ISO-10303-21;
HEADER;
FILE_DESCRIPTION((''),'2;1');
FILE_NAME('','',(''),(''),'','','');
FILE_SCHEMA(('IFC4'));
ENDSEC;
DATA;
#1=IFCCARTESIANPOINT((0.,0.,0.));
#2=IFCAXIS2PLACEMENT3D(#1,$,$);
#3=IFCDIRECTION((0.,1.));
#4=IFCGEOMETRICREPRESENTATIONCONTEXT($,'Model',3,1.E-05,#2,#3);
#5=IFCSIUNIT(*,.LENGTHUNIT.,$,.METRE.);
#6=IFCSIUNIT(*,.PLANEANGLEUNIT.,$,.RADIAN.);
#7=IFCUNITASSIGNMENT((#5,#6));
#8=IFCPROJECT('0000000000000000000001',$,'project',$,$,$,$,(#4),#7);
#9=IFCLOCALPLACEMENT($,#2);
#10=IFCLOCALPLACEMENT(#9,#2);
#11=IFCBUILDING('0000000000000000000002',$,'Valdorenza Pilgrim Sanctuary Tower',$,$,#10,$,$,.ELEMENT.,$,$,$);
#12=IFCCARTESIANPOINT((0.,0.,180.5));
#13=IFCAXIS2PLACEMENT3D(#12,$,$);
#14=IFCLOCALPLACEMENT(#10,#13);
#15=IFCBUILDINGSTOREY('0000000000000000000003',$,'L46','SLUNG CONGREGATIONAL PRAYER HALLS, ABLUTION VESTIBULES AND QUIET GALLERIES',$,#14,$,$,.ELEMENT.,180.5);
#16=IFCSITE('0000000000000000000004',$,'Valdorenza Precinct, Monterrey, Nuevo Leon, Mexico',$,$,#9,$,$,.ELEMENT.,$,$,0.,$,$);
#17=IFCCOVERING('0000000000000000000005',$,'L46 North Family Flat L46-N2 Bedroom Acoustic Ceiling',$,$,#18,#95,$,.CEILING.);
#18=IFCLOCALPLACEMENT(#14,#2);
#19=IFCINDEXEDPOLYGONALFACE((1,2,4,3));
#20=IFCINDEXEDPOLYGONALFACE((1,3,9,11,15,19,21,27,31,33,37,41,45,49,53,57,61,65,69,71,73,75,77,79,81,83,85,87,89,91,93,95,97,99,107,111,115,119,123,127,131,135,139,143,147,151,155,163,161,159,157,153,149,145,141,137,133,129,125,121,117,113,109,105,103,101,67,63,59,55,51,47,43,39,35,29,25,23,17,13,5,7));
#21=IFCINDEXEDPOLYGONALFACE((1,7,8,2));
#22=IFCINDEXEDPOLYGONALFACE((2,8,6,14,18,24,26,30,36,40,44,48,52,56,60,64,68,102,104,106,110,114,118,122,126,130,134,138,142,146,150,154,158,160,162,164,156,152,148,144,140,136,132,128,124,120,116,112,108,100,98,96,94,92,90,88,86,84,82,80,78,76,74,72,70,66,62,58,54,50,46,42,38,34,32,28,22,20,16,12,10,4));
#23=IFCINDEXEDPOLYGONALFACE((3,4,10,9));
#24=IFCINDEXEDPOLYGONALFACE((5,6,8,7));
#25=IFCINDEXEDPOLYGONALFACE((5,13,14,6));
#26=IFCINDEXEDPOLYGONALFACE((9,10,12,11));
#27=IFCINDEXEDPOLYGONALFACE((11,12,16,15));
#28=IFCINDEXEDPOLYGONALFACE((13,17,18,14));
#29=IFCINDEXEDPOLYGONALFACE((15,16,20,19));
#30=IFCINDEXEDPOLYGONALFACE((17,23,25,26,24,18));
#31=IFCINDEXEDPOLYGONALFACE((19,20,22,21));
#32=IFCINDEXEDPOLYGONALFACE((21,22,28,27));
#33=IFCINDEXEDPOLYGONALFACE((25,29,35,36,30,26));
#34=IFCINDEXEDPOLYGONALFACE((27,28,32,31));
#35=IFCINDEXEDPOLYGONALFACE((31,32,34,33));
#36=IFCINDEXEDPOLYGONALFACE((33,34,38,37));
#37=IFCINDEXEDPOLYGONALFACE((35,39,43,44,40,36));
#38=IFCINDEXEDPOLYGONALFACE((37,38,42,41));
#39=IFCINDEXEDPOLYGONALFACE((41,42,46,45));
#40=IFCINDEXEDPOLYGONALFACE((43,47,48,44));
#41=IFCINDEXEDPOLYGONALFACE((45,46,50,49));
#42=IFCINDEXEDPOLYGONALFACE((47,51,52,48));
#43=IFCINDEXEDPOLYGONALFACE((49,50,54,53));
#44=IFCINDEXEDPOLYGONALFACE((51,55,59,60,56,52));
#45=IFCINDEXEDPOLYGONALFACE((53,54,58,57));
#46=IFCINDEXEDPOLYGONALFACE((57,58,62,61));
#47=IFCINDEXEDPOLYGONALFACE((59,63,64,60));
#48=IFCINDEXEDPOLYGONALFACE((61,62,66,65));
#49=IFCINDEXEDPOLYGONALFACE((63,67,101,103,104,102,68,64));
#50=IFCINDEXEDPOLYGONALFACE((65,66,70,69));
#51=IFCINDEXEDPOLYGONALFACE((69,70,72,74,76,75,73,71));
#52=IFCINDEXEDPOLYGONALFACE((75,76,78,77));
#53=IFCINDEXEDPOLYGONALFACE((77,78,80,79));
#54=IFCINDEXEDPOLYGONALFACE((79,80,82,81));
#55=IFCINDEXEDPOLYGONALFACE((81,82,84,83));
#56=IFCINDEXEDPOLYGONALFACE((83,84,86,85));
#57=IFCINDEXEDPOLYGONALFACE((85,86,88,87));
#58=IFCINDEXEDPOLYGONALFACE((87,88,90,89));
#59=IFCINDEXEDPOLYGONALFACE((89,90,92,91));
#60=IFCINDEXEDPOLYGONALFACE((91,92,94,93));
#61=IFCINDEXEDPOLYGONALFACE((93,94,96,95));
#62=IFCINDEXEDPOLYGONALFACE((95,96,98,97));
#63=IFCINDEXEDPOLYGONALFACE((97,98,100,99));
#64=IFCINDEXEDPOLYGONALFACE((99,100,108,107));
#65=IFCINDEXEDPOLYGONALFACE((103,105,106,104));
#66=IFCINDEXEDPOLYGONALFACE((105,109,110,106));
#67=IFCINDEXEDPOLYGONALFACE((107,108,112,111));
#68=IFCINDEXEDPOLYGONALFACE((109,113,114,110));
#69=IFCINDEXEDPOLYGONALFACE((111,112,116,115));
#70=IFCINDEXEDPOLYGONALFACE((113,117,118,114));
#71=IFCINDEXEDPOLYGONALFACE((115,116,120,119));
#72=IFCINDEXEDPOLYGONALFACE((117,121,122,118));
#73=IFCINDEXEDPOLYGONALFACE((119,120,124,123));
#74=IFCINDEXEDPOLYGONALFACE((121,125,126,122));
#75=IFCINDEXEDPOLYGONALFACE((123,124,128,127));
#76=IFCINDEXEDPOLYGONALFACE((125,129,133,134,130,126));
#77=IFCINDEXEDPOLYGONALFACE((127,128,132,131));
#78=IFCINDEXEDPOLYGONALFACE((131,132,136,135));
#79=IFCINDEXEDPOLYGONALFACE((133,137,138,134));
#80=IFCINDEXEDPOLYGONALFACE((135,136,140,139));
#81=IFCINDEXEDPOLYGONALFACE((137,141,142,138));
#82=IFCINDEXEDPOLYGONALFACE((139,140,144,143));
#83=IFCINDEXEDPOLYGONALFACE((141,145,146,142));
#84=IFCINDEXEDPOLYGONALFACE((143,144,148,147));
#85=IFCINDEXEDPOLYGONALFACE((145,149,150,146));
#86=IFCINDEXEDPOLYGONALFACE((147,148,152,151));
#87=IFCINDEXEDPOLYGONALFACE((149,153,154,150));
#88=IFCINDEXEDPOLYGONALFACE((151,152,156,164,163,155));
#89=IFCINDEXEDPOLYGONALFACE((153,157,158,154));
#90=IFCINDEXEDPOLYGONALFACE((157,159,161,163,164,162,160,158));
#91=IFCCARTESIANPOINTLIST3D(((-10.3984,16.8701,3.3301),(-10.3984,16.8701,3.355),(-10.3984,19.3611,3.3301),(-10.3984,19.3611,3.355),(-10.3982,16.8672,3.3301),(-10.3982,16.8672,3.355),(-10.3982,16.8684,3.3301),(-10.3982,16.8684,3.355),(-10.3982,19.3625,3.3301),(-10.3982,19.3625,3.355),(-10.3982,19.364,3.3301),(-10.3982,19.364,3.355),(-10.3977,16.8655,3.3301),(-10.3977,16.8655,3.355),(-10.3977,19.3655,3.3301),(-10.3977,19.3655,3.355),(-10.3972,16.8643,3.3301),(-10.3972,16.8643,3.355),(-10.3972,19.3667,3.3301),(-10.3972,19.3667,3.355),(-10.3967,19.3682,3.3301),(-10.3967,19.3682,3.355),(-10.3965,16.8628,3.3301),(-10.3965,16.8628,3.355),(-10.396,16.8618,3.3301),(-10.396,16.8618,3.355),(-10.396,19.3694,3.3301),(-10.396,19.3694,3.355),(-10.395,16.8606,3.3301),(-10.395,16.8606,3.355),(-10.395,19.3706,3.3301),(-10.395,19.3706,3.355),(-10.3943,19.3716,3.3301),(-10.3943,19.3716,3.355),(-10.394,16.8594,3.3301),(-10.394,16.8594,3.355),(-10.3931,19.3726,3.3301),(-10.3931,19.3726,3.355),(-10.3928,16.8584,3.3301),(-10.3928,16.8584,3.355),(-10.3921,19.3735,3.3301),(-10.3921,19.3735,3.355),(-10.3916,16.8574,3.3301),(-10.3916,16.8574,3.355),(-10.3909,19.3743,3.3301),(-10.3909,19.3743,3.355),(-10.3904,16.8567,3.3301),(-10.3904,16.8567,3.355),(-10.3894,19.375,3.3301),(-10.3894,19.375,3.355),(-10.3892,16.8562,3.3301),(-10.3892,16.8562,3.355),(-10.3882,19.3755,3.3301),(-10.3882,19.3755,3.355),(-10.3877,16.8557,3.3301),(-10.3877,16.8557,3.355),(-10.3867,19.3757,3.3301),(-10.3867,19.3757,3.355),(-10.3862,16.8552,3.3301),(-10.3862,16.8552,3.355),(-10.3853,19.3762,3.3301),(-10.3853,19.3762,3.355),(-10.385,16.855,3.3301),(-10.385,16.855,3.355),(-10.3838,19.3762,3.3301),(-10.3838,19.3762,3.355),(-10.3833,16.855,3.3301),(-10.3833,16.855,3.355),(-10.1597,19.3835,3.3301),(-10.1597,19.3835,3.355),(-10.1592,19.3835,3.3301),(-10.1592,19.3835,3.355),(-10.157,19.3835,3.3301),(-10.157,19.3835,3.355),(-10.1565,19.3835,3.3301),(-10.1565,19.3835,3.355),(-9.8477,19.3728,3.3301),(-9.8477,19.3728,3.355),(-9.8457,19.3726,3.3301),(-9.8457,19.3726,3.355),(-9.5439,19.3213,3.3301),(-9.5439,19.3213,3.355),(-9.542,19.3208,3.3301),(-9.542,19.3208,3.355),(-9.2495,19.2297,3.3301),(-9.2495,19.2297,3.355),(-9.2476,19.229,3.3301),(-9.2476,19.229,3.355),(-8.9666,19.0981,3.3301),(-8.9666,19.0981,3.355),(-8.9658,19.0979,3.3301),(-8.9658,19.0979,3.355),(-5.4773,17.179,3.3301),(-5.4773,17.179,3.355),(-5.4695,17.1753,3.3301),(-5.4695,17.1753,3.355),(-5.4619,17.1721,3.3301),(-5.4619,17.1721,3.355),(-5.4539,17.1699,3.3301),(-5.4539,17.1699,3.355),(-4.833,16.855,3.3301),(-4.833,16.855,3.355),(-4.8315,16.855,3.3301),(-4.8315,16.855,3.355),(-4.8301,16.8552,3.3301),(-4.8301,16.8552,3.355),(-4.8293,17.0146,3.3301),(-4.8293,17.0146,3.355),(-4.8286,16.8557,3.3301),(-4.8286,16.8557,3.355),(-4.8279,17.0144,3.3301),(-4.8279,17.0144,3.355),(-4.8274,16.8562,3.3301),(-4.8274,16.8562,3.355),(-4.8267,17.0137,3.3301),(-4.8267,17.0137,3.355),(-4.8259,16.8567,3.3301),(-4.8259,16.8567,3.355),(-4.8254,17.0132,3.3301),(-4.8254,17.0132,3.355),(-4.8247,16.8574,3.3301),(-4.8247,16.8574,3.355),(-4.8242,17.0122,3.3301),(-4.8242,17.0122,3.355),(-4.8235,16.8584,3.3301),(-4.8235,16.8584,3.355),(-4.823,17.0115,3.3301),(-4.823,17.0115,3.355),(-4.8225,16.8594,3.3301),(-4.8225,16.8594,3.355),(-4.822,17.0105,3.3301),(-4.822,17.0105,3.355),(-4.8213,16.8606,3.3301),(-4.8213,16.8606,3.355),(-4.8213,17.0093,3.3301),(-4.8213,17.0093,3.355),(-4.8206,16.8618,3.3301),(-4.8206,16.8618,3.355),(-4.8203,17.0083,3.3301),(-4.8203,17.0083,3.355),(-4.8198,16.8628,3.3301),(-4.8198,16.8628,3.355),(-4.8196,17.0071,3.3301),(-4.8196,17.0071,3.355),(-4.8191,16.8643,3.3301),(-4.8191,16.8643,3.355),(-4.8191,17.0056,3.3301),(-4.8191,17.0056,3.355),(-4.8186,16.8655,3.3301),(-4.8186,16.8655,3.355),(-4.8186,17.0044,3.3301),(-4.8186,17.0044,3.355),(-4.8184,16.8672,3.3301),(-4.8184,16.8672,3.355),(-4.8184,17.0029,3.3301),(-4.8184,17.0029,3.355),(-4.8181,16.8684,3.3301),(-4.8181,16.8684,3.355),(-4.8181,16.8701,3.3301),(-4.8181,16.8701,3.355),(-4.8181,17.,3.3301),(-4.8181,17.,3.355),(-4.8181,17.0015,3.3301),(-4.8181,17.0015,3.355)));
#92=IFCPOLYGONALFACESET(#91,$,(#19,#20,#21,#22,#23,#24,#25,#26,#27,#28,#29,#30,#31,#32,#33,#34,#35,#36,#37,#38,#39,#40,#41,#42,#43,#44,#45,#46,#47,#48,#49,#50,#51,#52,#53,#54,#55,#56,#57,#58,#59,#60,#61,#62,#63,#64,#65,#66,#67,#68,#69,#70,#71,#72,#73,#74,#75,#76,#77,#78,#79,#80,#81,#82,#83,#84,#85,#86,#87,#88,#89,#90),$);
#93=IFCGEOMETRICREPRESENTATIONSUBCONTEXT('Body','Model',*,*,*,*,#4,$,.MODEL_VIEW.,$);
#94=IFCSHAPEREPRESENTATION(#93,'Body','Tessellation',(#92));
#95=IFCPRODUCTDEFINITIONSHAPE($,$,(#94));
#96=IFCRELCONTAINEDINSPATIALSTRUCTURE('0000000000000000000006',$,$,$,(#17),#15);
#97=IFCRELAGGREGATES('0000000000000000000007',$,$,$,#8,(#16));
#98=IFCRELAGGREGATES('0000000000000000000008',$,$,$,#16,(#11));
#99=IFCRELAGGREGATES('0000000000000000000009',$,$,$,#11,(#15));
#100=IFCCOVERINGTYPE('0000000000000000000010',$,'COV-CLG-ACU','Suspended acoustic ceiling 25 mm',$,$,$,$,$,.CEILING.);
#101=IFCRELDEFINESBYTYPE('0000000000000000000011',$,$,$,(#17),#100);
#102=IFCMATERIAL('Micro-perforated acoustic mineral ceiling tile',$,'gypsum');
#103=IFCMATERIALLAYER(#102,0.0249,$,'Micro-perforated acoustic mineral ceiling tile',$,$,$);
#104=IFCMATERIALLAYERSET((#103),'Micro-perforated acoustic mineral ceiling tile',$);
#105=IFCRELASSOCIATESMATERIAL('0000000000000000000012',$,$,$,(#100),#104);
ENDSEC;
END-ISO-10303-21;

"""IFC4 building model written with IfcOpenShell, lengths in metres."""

from ifc_helpers import new_model, si_unit, direction, frame, origin, place, context, subcontext, project, spatial, polyline, outline, extrude, material, layer, layer_set, type_object, element, save


model = new_model("IFC4")

# Units and contexts
model_context = context("Model", 3, precision=1e-05, world=origin(), true_north=direction((0.0, 1.0)))
body_context = subcontext(model_context, "Body", "Model", "MODEL_VIEW")
ifc_project = project(units=[si_unit("LENGTHUNIT", "METRE"), si_unit("PLANEANGLEUNIT", "RADIAN")], contexts=[model_context])

# Site, building, storey
site_placement = place(None, origin())
site = spatial("IfcSite", under=ifc_project, at=site_placement, Name="Valdorenza Precinct, Monterrey, Nuevo Leon, Mexico", CompositionType="ELEMENT", RefElevation=0.0)
building_placement = place(site_placement, origin())
building = spatial("IfcBuilding", under=site, at=building_placement, Name="Valdorenza Pilgrim Sanctuary Tower", CompositionType="ELEMENT")
storey_placement = place(building_placement, frame((0.0, 0.0, 180.5)))
storey = spatial("IfcBuildingStorey", under=building, at=storey_placement, Name="L46", Description="SLUNG CONGREGATIONAL PRAYER HALLS, ABLUTION VESTIBULES AND QUIET GALLERIES", CompositionType="ELEMENT", Elevation=180.5)

# Covering
ifc_material_1 = material(Name="Micro-perforated acoustic mineral ceiling tile", Category="gypsum")
ifc_layer_1 = layer(ifc_material_1, 0.0249, Name="Micro-perforated acoustic mineral ceiling tile")
ifc_layer_set_1 = layer_set([ifc_layer_1], Name="Micro-perforated acoustic mineral ceiling tile")
covering_type_1 = type_object("IfcCoveringType", Name="COV-CLG-ACU", Description="Suspended acoustic ceiling 25 mm", PredefinedType="CEILING", material=ifc_layer_set_1)
covering_1_placement = place(storey_placement, frame((0.0, 0.0, 3.3301)))
element("IfcCovering", 1, at=covering_1_placement, inside=storey, type_object=covering_type_1, Name="L46 North Family Flat L46-N2 Bedroom Acoustic Ceiling", PredefinedType="CEILING", context=body_context, shape_type="SweptSolid", body=[
    extrude(outline(polyline([(-10.3833, 16.855), (-10.385, 16.855), (-10.3862, 16.8552), (-10.3877, 16.8557), (-10.3892, 16.8562), (-10.3904, 16.8567), (-10.3916, 16.8574), (-10.3928, 16.8584), (-10.394, 16.8594), (-10.395, 16.8606), (-10.396, 16.8618), (-10.3965, 16.8628), (-10.3972, 16.8643), (-10.3977, 16.8655), (-10.3982, 16.8672), (-10.3982, 16.8684), (-10.3984, 16.8701), (-10.3984, 19.3611), (-10.3982, 19.3625), (-10.3982, 19.364), (-10.3977, 19.3655), (-10.3972, 19.3667), (-10.3967, 19.3682), (-10.396, 19.3694), (-10.395, 19.3706), (-10.3943, 19.3716), (-10.3931, 19.3726), (-10.3921, 19.3735), (-10.3909, 19.3743), (-10.3894, 19.375), (-10.3882, 19.3755), (-10.3867, 19.3757), (-10.3853, 19.3762), (-10.3838, 19.3762), (-10.1597, 19.3835), (-10.1592, 19.3835), (-10.157, 19.3835), (-10.1565, 19.3835), (-9.8477, 19.3728), (-9.8457, 19.3726), (-9.5439, 19.3213), (-9.542, 19.3208), (-9.2495, 19.2297), (-9.2476, 19.229), (-8.9666, 19.0981), (-8.9658, 19.0979), (-5.4773, 17.179), (-5.4695, 17.1753), (-5.4619, 17.1721), (-5.4539, 17.1699), (-4.8293, 17.0146), (-4.8279, 17.0144), (-4.8267, 17.0137), (-4.8254, 17.0132), (-4.8242, 17.0122), (-4.823, 17.0115), (-4.822, 17.0105), (-4.8213, 17.0093), (-4.8203, 17.0083), (-4.8196, 17.0071), (-4.8191, 17.0056), (-4.8186, 17.0044), (-4.8184, 17.0029), (-4.8181, 17.0015), (-4.8181, 17.0), (-4.8181, 16.8701), (-4.8181, 16.8684), (-4.8184, 16.8672), (-4.8186, 16.8655), (-4.8191, 16.8643), (-4.8198, 16.8628), (-4.8206, 16.8618), (-4.8213, 16.8606), (-4.8225, 16.8594), (-4.8235, 16.8584), (-4.8247, 16.8574), (-4.8259, 16.8567), (-4.8274, 16.8562), (-4.8286, 16.8557), (-4.8301, 16.8552), (-4.8315, 16.855), (-4.833, 16.855), (-10.3833, 16.855)])), origin(), (0.0, 0.0, 1.0), 0.0249),
])

save(model, "model.ifc")
